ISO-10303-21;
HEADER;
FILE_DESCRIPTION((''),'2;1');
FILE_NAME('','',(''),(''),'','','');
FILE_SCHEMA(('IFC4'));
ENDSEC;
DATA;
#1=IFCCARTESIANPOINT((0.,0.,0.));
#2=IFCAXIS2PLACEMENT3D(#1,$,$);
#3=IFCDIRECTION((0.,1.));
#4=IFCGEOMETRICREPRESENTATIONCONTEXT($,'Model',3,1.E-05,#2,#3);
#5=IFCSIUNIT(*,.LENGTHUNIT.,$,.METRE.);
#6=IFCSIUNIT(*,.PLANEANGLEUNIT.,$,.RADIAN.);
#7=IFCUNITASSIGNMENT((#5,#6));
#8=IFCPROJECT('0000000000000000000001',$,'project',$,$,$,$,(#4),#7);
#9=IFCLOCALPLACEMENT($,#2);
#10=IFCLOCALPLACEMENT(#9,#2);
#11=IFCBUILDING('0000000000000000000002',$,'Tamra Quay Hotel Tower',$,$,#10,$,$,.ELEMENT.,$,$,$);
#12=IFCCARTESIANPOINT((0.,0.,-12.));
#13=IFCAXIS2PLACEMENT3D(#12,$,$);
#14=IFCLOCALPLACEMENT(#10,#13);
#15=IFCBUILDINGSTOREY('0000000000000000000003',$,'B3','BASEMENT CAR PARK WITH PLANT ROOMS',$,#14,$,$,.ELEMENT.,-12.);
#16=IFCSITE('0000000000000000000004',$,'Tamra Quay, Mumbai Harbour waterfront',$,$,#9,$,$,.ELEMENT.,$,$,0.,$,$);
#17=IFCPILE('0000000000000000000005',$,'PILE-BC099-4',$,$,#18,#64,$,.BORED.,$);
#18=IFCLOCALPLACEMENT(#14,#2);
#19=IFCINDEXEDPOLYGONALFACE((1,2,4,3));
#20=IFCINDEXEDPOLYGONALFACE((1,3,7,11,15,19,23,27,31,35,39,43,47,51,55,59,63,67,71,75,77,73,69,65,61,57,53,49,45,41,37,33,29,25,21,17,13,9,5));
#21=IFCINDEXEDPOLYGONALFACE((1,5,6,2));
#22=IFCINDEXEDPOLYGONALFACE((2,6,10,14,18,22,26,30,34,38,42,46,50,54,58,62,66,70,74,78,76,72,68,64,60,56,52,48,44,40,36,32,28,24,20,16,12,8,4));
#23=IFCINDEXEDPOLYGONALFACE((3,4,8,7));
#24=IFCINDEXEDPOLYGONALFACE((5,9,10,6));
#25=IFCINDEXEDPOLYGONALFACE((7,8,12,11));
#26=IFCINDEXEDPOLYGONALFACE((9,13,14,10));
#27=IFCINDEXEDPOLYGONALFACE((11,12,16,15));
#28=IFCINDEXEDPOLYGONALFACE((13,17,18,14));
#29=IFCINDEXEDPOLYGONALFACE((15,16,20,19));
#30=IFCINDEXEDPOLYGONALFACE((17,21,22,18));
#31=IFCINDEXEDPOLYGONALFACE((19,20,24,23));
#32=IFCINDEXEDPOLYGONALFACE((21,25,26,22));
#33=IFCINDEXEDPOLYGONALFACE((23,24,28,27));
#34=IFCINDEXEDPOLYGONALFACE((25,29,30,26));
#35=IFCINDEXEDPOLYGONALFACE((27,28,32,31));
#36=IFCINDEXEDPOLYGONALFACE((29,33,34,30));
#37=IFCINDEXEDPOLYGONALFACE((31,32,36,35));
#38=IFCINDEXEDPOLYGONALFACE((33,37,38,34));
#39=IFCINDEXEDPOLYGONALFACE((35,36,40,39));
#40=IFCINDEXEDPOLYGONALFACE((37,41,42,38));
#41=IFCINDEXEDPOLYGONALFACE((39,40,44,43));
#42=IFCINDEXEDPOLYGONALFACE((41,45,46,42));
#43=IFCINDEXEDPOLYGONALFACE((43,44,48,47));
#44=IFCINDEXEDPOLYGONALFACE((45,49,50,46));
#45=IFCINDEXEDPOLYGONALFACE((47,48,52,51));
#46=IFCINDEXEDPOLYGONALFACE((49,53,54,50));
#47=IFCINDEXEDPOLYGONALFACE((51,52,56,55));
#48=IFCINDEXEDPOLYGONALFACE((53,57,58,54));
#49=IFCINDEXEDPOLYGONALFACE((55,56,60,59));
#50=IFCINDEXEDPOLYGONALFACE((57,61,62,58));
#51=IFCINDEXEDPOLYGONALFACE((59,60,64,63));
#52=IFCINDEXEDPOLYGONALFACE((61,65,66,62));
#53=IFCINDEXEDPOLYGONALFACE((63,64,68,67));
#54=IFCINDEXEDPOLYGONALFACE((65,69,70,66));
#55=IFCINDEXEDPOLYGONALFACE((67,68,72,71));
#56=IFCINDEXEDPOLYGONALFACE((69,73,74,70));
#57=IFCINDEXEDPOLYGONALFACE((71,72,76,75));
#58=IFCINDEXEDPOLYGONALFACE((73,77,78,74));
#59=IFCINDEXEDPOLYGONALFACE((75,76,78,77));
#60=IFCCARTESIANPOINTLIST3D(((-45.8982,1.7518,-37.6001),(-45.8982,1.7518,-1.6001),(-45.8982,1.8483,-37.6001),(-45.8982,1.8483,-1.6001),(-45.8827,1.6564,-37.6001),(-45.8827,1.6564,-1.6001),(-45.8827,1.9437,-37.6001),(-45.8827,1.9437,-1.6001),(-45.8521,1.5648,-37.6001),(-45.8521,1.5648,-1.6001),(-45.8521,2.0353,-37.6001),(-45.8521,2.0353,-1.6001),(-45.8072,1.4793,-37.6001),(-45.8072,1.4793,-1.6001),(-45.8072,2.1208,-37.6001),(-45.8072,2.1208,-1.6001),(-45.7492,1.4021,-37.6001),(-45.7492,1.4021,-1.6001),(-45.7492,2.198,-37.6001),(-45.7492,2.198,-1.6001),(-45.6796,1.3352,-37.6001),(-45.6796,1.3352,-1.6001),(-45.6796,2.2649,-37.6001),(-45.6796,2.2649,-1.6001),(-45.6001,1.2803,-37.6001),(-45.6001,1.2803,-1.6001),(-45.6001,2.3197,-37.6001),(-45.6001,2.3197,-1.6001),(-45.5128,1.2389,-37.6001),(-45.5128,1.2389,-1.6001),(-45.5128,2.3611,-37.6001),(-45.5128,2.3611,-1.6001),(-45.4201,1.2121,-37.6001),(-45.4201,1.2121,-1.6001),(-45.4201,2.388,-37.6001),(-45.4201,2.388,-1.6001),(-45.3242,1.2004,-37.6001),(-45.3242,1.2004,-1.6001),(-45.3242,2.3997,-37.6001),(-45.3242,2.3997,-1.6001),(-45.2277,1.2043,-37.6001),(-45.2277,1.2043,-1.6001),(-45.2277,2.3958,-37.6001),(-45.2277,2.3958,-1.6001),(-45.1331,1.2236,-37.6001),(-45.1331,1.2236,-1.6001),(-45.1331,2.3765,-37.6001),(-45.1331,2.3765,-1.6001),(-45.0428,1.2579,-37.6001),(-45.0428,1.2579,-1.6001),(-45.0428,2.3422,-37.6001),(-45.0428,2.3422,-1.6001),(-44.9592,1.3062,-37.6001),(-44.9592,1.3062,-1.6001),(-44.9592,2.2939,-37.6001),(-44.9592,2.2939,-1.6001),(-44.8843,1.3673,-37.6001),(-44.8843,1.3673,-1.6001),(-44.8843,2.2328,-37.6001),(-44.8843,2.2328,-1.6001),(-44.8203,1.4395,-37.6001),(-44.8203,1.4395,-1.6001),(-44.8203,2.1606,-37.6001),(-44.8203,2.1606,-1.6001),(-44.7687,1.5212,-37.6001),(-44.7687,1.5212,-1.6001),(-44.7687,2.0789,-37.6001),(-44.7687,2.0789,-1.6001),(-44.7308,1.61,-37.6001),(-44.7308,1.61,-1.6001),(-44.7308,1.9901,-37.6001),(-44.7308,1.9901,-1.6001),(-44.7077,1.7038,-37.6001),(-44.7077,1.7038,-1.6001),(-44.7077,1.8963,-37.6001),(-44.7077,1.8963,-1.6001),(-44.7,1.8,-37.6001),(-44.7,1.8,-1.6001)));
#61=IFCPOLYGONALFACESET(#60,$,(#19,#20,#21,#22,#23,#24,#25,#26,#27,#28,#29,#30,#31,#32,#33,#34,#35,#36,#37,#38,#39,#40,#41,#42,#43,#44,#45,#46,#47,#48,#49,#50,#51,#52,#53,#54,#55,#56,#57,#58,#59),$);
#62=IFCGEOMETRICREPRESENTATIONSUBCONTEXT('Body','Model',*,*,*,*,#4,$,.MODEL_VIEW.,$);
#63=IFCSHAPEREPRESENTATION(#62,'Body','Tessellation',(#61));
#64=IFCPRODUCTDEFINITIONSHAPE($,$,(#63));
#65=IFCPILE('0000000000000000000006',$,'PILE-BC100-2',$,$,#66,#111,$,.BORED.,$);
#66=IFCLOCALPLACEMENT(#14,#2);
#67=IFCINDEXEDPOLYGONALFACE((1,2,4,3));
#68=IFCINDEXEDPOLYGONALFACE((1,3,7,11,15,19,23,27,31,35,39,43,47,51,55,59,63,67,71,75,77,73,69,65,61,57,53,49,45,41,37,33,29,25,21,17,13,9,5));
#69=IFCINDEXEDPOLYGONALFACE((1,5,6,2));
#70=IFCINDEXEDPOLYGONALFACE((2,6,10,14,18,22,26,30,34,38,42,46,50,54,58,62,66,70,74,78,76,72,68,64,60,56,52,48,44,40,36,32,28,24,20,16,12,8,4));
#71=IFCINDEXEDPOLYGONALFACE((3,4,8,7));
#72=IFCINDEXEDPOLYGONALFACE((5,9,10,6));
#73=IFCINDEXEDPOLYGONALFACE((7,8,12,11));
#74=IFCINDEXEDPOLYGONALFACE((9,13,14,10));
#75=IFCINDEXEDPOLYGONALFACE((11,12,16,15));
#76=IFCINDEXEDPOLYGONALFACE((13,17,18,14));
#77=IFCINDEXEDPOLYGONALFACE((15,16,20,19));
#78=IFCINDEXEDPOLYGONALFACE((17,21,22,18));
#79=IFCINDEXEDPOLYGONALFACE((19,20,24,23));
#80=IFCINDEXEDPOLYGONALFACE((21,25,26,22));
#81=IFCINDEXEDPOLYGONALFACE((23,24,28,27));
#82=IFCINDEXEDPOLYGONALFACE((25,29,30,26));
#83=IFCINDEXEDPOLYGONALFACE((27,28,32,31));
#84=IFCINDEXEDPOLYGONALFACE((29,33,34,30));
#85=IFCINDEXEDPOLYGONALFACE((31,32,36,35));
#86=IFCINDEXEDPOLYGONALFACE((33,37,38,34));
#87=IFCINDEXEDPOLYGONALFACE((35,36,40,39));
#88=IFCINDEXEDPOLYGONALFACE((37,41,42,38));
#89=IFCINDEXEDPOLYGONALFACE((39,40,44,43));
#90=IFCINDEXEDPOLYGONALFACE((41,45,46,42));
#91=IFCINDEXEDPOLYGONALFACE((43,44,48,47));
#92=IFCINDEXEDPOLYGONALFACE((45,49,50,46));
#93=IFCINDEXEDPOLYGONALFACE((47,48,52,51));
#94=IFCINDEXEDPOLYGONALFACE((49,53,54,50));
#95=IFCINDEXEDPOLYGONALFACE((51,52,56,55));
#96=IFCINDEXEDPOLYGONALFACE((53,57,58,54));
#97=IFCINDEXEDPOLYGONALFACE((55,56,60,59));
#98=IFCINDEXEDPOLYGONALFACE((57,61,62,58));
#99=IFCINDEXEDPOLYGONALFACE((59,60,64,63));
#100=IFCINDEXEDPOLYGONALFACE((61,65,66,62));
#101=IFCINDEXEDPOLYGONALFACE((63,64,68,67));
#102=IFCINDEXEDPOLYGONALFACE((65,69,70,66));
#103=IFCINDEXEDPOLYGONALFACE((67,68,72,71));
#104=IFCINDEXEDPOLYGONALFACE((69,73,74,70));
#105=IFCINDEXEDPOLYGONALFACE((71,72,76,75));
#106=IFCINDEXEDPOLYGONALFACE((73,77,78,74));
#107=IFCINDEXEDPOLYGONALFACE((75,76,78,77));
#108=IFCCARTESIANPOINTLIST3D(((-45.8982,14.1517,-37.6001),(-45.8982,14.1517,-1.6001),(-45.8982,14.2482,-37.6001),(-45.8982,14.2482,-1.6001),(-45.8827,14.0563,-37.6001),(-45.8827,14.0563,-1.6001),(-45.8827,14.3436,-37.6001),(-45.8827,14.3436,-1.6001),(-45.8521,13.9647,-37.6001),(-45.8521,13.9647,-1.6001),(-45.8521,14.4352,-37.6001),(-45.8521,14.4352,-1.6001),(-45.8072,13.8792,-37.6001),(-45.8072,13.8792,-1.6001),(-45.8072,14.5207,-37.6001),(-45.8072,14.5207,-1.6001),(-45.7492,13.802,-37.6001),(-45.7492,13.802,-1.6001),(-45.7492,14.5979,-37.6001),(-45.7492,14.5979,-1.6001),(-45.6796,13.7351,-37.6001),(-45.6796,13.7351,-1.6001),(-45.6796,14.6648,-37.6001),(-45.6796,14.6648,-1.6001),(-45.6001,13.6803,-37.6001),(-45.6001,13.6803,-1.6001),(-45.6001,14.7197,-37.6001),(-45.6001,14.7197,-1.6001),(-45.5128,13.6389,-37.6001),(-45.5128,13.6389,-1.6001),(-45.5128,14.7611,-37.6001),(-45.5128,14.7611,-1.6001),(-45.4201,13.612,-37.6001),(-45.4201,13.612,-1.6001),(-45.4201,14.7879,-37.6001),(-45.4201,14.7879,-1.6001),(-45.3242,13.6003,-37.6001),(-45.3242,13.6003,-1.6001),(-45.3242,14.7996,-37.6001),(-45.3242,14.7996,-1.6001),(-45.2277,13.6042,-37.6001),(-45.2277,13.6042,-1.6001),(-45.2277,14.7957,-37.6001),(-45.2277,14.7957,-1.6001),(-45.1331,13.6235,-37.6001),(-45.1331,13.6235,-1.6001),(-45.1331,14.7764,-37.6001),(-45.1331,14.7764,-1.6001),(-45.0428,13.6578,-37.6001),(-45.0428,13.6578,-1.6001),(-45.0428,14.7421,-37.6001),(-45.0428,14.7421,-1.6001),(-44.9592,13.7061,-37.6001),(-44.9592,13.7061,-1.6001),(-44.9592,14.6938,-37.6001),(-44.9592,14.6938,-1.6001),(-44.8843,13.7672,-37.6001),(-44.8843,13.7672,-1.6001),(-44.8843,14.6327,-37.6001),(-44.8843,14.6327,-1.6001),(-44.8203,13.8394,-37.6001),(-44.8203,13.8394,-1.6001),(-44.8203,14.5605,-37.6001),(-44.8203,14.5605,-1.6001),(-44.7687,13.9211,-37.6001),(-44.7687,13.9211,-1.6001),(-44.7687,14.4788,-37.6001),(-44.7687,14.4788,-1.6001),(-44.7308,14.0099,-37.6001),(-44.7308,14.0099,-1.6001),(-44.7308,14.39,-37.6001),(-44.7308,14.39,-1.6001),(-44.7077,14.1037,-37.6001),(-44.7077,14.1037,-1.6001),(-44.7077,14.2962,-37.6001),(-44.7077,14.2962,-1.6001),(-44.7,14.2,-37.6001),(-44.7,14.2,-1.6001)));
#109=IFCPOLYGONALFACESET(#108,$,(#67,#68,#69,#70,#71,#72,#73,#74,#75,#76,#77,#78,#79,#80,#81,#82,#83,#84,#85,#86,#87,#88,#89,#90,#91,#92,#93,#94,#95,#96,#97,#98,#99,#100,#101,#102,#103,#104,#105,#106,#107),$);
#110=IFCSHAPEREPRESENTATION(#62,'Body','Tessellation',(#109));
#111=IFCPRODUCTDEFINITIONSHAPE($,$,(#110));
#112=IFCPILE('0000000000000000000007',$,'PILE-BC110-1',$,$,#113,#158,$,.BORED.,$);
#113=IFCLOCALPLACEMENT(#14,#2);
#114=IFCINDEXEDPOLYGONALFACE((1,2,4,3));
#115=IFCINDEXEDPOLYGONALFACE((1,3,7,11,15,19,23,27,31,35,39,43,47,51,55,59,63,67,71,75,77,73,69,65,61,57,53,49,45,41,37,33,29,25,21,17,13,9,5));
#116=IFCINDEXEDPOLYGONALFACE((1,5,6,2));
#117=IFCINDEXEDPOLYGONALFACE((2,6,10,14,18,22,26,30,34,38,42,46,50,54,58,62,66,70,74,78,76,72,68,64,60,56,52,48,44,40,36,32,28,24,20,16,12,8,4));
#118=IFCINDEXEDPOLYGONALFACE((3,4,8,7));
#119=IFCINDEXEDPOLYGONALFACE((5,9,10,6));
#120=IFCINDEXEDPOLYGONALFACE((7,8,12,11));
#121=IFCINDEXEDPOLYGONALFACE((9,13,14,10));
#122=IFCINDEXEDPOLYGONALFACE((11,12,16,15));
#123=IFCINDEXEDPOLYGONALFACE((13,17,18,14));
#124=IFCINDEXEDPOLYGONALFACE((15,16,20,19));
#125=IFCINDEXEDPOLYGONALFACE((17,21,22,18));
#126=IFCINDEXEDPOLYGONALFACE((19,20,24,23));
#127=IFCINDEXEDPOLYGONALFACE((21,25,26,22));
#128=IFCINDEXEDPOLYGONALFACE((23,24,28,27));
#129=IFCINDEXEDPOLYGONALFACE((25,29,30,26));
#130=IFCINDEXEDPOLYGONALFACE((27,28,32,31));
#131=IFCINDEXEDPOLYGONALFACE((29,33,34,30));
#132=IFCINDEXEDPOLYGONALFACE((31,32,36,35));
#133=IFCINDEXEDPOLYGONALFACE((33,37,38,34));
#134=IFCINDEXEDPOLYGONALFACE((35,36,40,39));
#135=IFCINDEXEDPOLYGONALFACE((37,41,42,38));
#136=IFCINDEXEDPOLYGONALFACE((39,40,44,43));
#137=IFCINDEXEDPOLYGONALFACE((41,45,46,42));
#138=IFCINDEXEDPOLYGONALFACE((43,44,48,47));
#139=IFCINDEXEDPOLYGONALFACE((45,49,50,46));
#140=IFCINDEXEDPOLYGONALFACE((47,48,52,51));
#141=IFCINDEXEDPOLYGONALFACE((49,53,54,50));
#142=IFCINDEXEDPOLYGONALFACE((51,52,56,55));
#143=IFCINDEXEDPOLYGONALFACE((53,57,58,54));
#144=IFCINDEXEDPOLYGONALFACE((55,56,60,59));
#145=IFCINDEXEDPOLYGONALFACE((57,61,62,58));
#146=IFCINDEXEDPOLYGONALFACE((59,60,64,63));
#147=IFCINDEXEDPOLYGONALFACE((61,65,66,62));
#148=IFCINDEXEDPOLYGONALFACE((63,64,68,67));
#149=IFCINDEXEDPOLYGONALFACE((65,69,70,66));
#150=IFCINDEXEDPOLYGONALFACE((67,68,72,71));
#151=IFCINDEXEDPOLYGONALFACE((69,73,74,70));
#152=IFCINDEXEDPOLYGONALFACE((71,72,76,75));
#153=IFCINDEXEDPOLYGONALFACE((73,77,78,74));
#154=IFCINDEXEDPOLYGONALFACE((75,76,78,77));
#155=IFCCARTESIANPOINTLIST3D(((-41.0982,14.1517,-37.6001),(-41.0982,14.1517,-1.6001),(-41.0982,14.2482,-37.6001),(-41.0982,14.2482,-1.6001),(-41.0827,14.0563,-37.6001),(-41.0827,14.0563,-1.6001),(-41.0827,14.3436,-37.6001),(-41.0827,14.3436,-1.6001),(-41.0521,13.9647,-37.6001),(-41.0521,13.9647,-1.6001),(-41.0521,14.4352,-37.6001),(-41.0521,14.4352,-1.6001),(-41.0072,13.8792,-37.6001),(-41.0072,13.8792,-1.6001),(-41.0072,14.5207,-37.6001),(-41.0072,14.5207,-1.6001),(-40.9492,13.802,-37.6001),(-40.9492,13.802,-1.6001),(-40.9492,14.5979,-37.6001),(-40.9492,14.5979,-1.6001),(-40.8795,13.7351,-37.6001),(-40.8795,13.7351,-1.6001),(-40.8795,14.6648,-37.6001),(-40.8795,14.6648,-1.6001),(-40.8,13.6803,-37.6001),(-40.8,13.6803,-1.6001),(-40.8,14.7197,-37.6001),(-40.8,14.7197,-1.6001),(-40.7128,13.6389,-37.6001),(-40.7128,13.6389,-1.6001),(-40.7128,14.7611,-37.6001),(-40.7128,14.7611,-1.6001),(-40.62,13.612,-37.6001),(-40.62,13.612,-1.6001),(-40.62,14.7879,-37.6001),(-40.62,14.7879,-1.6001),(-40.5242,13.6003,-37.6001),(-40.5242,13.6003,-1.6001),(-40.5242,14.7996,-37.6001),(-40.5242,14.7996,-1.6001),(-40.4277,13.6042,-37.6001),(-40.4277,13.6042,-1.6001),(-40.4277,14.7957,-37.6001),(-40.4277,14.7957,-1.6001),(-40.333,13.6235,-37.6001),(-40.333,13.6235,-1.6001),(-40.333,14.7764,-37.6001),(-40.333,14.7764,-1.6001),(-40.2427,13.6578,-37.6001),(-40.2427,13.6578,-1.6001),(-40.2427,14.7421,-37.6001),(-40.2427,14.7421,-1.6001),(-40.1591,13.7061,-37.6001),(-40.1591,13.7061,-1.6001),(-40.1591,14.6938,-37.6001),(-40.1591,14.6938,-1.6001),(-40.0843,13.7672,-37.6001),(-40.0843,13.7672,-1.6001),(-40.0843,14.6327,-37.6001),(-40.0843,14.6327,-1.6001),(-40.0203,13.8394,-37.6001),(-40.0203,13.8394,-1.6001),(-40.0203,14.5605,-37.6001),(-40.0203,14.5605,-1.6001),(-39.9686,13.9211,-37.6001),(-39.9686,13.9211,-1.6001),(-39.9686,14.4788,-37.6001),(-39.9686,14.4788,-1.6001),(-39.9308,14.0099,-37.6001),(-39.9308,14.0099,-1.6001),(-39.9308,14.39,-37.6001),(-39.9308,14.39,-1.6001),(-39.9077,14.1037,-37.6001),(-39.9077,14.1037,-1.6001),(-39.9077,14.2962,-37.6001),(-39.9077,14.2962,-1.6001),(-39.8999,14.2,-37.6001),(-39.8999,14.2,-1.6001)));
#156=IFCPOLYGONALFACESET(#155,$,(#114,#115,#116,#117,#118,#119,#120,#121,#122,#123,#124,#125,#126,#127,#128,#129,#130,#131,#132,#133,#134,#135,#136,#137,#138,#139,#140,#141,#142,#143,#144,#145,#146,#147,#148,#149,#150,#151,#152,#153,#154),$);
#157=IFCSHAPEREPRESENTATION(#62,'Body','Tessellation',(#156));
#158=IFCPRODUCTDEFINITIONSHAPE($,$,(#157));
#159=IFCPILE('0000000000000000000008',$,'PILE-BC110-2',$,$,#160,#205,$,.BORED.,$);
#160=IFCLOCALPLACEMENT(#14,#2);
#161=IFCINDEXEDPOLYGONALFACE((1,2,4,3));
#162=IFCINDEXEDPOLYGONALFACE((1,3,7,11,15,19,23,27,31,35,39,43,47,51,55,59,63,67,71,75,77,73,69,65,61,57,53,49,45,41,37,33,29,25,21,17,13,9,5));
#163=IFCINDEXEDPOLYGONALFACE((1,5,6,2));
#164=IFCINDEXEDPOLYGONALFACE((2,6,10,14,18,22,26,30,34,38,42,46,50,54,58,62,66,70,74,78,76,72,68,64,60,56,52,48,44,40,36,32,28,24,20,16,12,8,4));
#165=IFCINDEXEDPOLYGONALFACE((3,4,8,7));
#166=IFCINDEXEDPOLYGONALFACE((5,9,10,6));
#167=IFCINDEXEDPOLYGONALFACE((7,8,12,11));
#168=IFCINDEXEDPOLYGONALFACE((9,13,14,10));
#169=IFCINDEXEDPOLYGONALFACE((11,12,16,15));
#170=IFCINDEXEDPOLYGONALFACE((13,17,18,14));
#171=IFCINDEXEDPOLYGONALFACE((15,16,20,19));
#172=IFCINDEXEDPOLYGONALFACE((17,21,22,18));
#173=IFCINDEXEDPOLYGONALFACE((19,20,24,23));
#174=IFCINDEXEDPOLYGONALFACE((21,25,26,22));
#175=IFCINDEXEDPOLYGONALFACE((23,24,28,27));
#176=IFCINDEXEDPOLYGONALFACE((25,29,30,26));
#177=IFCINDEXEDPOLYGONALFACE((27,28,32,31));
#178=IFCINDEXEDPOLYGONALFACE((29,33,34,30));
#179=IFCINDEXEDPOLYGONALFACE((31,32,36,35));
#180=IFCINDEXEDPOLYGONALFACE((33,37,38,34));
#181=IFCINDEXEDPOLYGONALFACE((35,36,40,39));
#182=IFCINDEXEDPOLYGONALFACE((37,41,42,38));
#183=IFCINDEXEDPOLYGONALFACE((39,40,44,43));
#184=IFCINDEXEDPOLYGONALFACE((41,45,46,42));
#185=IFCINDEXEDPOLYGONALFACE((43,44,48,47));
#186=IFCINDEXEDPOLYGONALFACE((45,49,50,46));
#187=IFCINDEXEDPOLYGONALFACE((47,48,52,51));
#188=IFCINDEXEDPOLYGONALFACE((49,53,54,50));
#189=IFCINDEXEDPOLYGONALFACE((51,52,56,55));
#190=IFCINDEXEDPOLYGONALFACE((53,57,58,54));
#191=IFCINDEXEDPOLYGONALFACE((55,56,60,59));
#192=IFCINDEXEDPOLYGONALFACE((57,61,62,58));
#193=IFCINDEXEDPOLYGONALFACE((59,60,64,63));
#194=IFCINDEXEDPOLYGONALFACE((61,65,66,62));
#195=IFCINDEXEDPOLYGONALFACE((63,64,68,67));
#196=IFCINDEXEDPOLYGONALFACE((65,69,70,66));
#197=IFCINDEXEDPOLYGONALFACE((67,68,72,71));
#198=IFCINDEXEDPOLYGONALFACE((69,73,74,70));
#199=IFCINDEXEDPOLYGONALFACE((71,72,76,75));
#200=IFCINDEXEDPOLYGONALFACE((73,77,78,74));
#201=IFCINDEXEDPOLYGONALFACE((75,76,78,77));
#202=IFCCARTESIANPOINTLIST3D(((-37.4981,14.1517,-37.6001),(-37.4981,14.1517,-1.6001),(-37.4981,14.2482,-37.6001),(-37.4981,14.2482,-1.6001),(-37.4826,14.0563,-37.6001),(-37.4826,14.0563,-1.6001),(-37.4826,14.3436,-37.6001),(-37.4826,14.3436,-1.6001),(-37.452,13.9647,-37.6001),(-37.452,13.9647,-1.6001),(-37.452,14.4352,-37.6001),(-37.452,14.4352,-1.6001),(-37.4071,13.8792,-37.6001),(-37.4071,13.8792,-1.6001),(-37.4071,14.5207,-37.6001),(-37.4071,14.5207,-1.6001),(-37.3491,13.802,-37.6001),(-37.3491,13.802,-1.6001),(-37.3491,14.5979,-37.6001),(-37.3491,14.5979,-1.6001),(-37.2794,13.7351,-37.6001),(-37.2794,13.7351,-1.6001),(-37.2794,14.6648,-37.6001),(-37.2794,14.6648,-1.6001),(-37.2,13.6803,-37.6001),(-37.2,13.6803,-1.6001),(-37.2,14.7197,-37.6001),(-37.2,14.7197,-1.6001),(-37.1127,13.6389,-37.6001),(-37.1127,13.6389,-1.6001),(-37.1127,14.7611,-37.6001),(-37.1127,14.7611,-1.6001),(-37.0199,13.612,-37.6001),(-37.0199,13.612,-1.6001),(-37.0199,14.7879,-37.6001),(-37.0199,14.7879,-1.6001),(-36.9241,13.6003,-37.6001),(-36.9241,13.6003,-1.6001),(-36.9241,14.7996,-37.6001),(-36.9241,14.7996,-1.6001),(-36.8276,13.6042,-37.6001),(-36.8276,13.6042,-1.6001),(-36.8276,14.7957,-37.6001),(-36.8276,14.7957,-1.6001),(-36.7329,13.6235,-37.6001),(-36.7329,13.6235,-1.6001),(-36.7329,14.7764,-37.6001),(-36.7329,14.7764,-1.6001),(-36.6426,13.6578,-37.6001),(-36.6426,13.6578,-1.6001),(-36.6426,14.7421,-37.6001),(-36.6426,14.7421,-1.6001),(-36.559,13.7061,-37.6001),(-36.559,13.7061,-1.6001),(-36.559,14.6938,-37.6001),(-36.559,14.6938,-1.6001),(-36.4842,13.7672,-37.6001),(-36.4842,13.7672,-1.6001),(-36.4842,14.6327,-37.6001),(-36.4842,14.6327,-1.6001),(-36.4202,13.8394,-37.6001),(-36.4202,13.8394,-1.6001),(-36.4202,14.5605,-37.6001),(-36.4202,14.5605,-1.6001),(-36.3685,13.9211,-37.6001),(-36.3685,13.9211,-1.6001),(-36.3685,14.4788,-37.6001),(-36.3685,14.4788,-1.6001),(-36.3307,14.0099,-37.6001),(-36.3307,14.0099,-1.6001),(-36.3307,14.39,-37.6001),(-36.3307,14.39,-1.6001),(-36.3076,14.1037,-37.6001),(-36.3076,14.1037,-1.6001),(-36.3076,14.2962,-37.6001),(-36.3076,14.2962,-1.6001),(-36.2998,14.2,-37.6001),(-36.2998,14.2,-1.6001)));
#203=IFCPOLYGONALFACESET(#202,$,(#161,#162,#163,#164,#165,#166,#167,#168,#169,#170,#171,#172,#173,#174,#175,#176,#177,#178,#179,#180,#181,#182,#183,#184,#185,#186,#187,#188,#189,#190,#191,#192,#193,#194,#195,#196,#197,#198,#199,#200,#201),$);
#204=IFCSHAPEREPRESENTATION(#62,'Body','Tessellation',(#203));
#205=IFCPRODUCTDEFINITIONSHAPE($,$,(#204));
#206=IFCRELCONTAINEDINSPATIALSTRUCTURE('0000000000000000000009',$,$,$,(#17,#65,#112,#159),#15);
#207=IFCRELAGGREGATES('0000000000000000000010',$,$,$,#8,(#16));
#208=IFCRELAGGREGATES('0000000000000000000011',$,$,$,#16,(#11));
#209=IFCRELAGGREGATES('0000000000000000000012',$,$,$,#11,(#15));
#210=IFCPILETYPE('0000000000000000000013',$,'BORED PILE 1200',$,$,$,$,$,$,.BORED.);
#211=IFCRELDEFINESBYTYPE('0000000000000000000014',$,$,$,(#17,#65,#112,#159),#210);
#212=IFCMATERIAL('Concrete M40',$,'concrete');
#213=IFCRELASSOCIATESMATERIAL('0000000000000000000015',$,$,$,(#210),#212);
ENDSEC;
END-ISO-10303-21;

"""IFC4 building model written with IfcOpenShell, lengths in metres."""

from ifc_helpers import new_model, si_unit, direction, frame, origin, origin_2d, place, context, subcontext, project, spatial, circle, extrude, material, material_profile, profile_set, type_object, element, save


model = new_model("IFC4")

# Units and contexts
model_context = context("Model", 3, precision=1e-05, world=origin(), true_north=direction((0.0, 1.0)))
body_context = subcontext(model_context, "Body", "Model", "MODEL_VIEW")
ifc_project = project(units=[si_unit("LENGTHUNIT", "METRE"), si_unit("PLANEANGLEUNIT", "RADIAN")], contexts=[model_context])

# Site, building, storey
site_placement = place(None, origin())
site = spatial("IfcSite", under=ifc_project, at=site_placement, Name="Tamra Quay, Mumbai Harbour waterfront", CompositionType="ELEMENT", RefElevation=0.0)
building_placement = place(site_placement, origin())
building = spatial("IfcBuilding", under=site, at=building_placement, Name="Tamra Quay Hotel Tower", CompositionType="ELEMENT")
storey_placement = place(building_placement, frame((0.0, 0.0, -12.0)))
storey = spatial("IfcBuildingStorey", under=building, at=storey_placement, Name="B3", Description="BASEMENT CAR PARK WITH PLANT ROOMS", CompositionType="ELEMENT", Elevation=-12.0)

# Piles
ifc_material_1 = material(Name="Concrete M40", Category="concrete")
ifc_material_profile_1 = material_profile(ifc_material_1, circle(Radius=0.6001, at=origin_2d()), Name="BORED PILE 1200")
ifc_profile_set_1 = profile_set([ifc_material_profile_1], Name="Concrete M40")
pile_type_1 = type_object("IfcPileType", Name="BORED PILE 1200", PredefinedType="BORED", material=ifc_profile_set_1)
for number, where, z_axis, x_axis, name in (
    (1, (-45.3, 1.8, -1.6001), (0.0, 0.0, -1.0), (1.0, 0.0, 0.0), "PILE-BC099-4"),
    (2, (-45.3, 14.2, -1.6001), (0.0, 0.0, -1.0), (1.0, 0.0, 0.0), "PILE-BC100-2"),
    (3, (-40.5, 14.2, -1.6001), (0.0, 0.0, -1.0), (1.0, 0.0, 0.0), "PILE-BC110-1"),
    (4, (-36.8999, 14.2, -1.6001), (0.0, 0.0, -1.0), (1.0, 0.0, 0.0), "PILE-BC110-2"),
):
    element("IfcPile", number, at=place(storey_placement, frame(where, z_axis=z_axis, x_axis=x_axis)), inside=storey, type_object=pile_type_1, Name=name, PredefinedType="BORED", context=body_context, shape_type="SweptSolid", body=[
        extrude(circle(Radius=0.6001, at=origin_2d()), origin(), (0.0, 0.0, 1.0), 36.0),
    ])

save(model, "model.ifc")
